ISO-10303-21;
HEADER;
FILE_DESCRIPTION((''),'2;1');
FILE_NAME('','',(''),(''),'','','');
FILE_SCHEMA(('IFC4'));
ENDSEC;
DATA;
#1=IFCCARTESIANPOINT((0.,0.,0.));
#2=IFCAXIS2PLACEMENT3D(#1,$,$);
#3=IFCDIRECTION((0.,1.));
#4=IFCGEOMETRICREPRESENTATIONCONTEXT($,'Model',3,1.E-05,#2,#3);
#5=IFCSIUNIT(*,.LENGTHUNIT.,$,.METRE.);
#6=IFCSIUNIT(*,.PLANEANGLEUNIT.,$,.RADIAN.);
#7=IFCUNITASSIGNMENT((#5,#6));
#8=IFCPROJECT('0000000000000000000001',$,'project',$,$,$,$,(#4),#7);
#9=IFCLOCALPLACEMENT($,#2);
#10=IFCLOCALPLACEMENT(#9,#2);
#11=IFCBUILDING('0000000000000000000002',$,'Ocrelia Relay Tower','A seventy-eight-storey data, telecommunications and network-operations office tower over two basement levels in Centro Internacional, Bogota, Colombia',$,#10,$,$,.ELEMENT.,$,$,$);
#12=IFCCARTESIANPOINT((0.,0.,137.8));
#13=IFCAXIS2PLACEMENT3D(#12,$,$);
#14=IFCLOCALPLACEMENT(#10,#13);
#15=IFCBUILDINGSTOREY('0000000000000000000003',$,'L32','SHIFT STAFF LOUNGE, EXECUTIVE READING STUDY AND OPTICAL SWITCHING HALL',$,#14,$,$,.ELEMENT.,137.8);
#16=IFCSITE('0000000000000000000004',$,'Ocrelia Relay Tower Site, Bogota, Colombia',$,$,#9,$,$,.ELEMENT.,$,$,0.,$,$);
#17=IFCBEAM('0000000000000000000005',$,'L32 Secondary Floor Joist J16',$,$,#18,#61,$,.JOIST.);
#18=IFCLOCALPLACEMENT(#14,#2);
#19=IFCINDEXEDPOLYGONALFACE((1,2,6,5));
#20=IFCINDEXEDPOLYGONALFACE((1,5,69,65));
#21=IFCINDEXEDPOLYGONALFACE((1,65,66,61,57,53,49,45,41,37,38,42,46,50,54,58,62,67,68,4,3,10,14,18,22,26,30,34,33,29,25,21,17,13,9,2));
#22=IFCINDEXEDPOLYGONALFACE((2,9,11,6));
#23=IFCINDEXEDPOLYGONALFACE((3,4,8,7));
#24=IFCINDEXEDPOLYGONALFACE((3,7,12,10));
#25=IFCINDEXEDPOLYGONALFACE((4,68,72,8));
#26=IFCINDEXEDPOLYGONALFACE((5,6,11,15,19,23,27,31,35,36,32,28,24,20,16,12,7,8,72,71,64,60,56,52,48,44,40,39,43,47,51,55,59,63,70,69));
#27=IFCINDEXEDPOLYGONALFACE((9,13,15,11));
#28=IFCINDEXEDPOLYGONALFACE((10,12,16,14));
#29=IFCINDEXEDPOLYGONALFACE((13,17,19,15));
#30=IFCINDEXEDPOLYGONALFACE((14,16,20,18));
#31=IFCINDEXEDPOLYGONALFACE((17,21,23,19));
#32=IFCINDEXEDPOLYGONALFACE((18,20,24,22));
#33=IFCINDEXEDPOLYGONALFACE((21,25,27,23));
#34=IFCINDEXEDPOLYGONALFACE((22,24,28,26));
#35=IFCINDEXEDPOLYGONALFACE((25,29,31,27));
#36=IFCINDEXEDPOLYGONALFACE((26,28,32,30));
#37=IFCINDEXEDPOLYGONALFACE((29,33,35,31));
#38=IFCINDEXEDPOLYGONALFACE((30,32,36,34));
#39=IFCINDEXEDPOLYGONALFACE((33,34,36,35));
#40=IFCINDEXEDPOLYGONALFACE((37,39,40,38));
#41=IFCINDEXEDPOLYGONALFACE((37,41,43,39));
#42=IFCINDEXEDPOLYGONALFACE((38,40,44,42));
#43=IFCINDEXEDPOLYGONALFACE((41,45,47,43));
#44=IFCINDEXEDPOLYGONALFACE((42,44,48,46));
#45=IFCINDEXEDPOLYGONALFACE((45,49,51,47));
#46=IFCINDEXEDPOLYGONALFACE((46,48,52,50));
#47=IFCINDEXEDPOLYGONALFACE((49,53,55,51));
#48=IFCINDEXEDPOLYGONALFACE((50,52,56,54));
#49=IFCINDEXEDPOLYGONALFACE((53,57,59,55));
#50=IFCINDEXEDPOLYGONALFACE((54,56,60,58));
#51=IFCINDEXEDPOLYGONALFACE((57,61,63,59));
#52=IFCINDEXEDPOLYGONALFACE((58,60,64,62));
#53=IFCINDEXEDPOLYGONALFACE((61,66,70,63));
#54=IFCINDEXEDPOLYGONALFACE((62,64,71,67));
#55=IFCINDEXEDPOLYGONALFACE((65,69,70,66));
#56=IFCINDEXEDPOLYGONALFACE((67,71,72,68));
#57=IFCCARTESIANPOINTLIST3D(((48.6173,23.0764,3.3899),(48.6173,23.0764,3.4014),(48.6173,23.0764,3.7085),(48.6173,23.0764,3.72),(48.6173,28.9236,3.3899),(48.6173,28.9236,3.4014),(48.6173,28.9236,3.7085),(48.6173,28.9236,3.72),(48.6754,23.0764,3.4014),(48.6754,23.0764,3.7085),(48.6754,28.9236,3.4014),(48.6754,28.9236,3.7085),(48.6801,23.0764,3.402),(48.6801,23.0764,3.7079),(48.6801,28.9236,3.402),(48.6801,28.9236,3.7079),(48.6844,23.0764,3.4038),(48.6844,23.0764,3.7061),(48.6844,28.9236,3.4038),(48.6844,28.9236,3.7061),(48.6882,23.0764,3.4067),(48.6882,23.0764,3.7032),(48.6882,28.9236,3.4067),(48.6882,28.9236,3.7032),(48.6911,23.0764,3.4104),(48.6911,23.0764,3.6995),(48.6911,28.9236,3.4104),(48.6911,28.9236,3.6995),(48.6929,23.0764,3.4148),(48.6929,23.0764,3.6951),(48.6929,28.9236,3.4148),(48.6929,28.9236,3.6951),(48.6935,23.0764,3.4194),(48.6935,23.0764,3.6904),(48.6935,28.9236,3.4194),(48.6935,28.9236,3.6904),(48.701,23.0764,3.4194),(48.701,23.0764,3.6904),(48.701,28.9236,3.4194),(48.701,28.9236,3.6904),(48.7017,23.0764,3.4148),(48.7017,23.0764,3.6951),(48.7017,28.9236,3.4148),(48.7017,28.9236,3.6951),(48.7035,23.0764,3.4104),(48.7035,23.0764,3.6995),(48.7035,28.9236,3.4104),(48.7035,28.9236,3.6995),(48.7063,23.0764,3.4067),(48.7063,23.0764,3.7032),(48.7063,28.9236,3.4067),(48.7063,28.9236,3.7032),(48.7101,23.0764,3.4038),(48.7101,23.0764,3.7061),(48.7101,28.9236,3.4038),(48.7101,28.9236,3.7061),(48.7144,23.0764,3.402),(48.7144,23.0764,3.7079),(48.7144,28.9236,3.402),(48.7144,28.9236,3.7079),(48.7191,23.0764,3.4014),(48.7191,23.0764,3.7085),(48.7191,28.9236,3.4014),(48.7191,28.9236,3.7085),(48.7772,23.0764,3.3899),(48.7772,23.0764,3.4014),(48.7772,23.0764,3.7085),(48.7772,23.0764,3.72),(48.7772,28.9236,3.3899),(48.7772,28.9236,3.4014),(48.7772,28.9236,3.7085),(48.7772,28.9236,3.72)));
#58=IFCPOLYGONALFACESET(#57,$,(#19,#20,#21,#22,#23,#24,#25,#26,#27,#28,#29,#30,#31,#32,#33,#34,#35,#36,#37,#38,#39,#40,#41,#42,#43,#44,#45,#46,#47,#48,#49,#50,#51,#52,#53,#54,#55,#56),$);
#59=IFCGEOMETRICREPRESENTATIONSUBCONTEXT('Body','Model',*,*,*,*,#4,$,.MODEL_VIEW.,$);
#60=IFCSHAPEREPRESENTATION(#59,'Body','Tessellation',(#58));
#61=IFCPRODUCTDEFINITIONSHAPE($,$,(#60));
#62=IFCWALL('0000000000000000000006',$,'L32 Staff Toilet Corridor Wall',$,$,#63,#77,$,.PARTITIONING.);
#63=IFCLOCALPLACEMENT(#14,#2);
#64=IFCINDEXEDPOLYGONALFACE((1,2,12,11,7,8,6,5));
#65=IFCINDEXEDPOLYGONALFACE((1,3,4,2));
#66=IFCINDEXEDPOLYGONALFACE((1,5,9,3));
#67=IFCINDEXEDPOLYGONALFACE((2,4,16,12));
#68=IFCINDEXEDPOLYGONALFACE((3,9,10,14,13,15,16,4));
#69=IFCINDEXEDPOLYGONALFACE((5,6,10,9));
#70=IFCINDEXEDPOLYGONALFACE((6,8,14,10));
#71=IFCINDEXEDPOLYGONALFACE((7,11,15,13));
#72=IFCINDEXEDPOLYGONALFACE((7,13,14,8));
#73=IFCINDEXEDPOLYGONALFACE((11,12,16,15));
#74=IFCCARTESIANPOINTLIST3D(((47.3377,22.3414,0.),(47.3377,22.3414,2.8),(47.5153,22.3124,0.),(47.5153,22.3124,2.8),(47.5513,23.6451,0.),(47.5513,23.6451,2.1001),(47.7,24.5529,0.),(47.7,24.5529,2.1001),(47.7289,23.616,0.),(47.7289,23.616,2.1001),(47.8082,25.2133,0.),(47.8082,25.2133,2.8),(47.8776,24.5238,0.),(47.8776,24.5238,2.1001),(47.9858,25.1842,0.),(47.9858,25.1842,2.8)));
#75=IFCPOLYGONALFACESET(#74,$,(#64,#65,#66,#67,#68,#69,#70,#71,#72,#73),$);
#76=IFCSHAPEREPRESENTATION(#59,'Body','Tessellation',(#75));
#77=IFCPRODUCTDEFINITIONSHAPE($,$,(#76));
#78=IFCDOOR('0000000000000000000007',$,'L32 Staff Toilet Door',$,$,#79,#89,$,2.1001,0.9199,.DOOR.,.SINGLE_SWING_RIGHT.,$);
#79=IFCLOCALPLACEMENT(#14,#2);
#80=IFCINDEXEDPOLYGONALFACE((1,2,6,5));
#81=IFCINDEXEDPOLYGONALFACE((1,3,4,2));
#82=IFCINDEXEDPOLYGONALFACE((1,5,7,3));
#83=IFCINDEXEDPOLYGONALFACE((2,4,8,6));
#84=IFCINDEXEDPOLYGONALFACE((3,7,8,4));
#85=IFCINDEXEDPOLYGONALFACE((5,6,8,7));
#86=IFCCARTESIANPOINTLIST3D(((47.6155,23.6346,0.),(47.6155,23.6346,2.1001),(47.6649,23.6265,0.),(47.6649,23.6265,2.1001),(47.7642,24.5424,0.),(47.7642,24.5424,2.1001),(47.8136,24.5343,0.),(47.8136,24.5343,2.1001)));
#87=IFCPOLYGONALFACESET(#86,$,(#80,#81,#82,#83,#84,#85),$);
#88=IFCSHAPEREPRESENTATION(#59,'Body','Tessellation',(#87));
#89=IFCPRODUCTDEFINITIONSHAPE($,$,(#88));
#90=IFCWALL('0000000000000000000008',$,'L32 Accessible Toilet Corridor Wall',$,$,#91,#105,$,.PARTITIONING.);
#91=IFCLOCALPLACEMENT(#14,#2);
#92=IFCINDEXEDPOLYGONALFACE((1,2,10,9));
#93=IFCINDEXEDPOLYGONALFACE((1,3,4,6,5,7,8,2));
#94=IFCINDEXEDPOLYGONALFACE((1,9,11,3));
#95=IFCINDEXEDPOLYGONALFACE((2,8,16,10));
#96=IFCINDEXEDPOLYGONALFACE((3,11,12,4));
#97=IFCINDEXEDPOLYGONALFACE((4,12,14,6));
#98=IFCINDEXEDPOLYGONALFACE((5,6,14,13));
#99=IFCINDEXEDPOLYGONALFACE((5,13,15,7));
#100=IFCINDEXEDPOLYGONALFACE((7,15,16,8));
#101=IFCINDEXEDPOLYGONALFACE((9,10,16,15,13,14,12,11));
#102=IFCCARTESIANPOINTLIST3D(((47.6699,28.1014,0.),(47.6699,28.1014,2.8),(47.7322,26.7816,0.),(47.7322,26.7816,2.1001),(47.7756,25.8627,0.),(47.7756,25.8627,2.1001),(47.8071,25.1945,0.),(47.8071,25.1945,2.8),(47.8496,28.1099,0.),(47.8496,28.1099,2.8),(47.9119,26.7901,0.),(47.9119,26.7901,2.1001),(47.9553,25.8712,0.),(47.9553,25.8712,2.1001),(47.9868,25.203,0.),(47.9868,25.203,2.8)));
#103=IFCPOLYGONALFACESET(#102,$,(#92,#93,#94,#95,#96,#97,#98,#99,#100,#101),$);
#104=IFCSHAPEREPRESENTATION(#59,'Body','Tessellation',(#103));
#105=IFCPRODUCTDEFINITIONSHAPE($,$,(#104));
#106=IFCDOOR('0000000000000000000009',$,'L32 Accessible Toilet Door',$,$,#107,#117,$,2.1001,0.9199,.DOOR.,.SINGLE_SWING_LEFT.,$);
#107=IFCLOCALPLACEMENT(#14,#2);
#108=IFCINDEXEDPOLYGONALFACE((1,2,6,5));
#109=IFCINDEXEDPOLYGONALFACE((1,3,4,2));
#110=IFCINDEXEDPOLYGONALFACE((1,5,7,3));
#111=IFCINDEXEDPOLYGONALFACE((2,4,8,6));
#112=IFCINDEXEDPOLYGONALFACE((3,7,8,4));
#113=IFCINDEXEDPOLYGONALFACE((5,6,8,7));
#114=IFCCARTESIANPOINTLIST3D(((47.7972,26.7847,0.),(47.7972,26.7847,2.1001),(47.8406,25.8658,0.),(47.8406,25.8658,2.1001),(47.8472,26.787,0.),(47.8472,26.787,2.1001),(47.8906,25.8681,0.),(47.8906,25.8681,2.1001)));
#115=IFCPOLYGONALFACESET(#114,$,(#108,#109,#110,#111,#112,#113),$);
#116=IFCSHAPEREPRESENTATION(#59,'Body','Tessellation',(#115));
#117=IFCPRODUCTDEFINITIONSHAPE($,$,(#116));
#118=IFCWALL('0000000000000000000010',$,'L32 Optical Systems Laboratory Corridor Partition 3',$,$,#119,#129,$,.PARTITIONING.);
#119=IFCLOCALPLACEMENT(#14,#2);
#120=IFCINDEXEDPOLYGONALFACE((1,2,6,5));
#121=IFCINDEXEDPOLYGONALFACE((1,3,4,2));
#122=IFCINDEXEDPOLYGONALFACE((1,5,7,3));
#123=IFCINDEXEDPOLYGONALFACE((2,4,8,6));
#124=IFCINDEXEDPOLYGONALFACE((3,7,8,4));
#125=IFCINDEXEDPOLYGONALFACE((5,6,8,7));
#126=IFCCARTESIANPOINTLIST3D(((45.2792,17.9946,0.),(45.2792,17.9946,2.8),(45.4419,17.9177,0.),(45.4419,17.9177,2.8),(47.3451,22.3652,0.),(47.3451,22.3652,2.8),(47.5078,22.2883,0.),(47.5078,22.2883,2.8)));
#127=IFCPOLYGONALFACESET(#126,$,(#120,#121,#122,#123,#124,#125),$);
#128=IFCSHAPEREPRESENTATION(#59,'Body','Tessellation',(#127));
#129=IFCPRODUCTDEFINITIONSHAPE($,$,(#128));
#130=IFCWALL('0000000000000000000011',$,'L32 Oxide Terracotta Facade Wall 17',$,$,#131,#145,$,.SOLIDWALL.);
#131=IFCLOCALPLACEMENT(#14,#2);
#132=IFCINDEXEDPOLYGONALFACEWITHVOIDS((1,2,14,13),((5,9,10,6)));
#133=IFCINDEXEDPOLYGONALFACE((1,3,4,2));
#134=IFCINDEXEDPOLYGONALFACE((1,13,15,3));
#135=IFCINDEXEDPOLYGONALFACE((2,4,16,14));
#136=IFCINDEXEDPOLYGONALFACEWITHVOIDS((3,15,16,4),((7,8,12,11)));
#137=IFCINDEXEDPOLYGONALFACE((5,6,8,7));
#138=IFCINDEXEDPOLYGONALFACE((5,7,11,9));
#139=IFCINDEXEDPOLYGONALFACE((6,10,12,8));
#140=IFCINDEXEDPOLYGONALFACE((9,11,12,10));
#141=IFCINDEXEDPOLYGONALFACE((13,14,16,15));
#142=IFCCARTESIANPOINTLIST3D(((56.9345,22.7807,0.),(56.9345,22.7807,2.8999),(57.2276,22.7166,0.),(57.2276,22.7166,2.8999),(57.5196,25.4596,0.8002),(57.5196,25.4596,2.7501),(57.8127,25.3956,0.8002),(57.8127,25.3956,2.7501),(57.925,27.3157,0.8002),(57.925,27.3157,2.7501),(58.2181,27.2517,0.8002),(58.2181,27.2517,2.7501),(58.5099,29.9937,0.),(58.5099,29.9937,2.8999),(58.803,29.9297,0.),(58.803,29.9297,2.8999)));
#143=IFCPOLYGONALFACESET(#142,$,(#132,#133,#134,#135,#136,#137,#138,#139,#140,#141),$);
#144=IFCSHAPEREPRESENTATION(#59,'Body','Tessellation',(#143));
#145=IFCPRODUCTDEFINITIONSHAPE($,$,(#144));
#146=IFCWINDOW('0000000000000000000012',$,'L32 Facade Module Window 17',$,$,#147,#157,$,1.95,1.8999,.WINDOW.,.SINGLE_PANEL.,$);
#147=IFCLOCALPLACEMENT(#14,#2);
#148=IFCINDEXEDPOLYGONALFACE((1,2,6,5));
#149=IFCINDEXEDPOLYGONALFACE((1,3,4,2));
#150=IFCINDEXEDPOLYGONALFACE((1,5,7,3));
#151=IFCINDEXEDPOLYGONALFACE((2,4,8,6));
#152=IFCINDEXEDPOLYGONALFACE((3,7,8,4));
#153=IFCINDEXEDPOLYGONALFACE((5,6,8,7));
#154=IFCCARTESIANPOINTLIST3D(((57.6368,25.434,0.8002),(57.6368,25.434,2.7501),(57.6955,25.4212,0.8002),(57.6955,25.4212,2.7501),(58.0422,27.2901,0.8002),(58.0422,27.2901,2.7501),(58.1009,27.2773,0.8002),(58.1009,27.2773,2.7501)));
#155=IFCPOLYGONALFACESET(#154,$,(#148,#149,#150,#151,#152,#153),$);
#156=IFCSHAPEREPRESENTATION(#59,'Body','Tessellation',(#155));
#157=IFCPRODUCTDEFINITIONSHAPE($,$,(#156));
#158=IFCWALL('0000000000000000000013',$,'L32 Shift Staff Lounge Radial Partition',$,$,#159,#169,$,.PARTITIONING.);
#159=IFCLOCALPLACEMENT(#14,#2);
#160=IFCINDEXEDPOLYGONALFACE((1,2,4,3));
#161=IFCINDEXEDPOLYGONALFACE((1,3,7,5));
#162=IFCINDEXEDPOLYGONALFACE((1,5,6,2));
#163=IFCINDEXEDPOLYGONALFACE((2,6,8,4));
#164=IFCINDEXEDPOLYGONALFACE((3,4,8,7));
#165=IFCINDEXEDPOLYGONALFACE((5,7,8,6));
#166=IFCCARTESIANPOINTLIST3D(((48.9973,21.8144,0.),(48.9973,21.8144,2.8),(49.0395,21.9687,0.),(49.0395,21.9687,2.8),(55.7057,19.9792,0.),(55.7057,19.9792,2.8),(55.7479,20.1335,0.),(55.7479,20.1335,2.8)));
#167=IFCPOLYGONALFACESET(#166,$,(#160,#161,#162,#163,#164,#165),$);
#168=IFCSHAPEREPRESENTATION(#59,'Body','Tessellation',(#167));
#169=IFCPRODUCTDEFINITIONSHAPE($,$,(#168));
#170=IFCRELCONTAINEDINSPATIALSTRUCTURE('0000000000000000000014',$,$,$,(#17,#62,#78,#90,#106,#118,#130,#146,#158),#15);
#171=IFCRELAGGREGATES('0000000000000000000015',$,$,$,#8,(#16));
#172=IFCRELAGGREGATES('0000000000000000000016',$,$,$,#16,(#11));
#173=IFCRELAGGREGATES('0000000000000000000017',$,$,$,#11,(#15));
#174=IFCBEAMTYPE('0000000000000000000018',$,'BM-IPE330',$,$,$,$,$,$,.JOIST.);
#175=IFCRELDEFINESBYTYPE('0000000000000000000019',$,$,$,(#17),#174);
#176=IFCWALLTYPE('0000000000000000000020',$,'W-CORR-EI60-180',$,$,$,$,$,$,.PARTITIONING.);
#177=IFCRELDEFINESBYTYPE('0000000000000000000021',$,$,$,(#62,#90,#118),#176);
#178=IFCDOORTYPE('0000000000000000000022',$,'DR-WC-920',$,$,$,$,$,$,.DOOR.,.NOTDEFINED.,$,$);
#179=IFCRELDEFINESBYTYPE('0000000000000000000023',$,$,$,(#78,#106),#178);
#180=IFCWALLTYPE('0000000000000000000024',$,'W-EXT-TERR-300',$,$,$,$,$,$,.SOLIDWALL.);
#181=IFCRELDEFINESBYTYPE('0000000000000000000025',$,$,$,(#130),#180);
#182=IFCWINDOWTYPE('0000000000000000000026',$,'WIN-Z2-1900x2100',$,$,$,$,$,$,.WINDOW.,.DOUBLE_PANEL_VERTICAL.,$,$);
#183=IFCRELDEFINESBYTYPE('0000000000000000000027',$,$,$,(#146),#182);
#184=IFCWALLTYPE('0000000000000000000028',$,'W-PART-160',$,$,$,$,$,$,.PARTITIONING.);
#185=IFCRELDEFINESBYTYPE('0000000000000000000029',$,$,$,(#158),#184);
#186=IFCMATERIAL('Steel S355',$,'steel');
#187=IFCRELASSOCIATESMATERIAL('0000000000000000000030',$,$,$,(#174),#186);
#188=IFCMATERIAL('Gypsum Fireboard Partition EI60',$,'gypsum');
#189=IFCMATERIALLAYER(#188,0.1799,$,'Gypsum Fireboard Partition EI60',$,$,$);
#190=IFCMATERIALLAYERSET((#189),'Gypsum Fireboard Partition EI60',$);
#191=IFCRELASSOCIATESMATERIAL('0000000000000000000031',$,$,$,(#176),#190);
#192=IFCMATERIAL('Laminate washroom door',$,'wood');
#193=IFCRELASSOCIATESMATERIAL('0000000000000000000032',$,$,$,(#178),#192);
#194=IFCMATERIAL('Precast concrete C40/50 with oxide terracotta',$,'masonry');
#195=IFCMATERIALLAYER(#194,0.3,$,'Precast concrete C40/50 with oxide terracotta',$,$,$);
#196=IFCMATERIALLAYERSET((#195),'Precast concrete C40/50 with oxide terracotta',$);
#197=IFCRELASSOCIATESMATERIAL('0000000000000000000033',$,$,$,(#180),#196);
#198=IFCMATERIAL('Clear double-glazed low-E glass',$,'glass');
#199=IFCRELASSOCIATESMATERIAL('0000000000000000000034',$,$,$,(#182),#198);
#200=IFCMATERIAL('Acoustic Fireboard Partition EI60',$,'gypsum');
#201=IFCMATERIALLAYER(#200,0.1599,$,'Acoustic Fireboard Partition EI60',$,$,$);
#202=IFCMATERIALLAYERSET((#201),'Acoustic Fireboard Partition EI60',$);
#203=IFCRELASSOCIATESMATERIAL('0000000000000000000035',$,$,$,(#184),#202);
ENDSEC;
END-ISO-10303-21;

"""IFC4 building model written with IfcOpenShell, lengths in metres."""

from ifc_helpers import new_model, si_unit, direction, frame, frame_2d, origin, origin_2d, place, context, subcontext, project, spatial, rectangle, i_section, extrude, material, layer, layer_set, material_profile, profile_set, type_object, element, fill, save


model = new_model("IFC4")

# Units and contexts
model_context = context("Model", 3, precision=1e-05, world=origin(), true_north=direction((0.0, 1.0)))
body_context = subcontext(model_context, "Body", "Model", "MODEL_VIEW")
ifc_project = project(units=[si_unit("LENGTHUNIT", "METRE"), si_unit("PLANEANGLEUNIT", "RADIAN")], contexts=[model_context])

# Site, building, storey
site_placement = place(None, origin())
site = spatial("IfcSite", under=ifc_project, at=site_placement, Name="Ocrelia Relay Tower Site, Bogota, Colombia", CompositionType="ELEMENT", RefElevation=0.0)
building_placement = place(site_placement, origin())
building = spatial("IfcBuilding", under=site, at=building_placement, Name="Ocrelia Relay Tower", Description="A seventy-eight-storey data, telecommunications and network-operations office tower over two basement levels in Centro Internacional, Bogota, Colombia", CompositionType="ELEMENT")
storey_placement = place(building_placement, frame((0.0, 0.0, 137.8)))
storey = spatial("IfcBuildingStorey", under=building, at=storey_placement, Name="L32", Description="SHIFT STAFF LOUNGE, EXECUTIVE READING STUDY AND OPTICAL SWITCHING HALL", CompositionType="ELEMENT", Elevation=137.8)

# Beam
ifc_material_1 = material(Name="Steel S355", Category="steel")
ifc_material_profile_1 = material_profile(ifc_material_1, i_section(OverallWidth=0.1599, OverallDepth=0.3301, WebThickness=0.0076, FlangeThickness=0.0115, FilletRadius=0.0181, at=origin_2d()), Name="IPE 330")
ifc_profile_set_1 = profile_set([ifc_material_profile_1], Name="Steel S355")
beam_type_1 = type_object("IfcBeamType", Name="BM-IPE330", PredefinedType="JOIST", material=ifc_profile_set_1)
beam_1_placement = place(storey_placement, frame((48.6973, 23.0764, 3.5549), z_axis=(0.0, 1.0, 0.0), x_axis=(-1.0, 0.0, 0.0)))
element("IfcBeam", 1, at=beam_1_placement, inside=storey, type_object=beam_type_1, Name="L32 Secondary Floor Joist J16", PredefinedType="JOIST", context=body_context, shape_type="SweptSolid", body=[
    extrude(i_section(OverallWidth=0.1599, OverallDepth=0.3301, WebThickness=0.0076, FlangeThickness=0.0115, FilletRadius=0.0181, at=origin_2d()), origin(), (0.0, 0.0, 1.0), 5.8472),
])

# Walls, openings, doors
ifc_material_2 = material(Name="Gypsum Fireboard Partition EI60", Category="gypsum")
ifc_layer_1 = layer(ifc_material_2, 0.1799, Name="Gypsum Fireboard Partition EI60")
ifc_layer_set_1 = layer_set([ifc_layer_1], Name="Gypsum Fireboard Partition EI60")
wall_type_1 = type_object("IfcWallType", Name="W-CORR-EI60-180", PredefinedType="PARTITIONING", material=ifc_layer_set_1)
wall_1_placement = place(storey_placement, frame((47.4265, 22.3269, 0.0), z_axis=(0.0, 0.0, 1.0), x_axis=(0.161664, 0.986846, 0.0)))
wall_1 = element("IfcWall", 2, at=wall_1_placement, inside=storey, type_object=wall_type_1, Name="L32 Staff Toilet Corridor Wall", PredefinedType="PARTITIONING", context=body_context, shape_type="SweptSolid", body=[
    extrude(rectangle(XDim=2.9102, YDim=0.1799, at=frame_2d((1.4551, 0.0))), origin(), (0.0, 0.0, 1.0), 2.8),
])
opening_1_placement = place(wall_1_placement, frame((1.321, 0.0, 0.0)))
opening_1 = element("IfcOpeningElement", 3, at=opening_1_placement, cuts=wall_1, PredefinedType="OPENING", context=body_context, shape_type="SweptSolid", body=[
    extrude(rectangle(XDim=0.9199, YDim=2.1001, at=frame_2d((0.46, 1.05))), frame((0.0, 0.1001, 0.0), z_axis=(0.0, -1.0, 0.0), x_axis=(1.0, 0.0, 0.0)), (0.0, 0.0, 1.0), 0.2),
])
ifc_material_3 = material(Name="Laminate washroom door", Category="wood")
door_type_1 = type_object("IfcDoorType", Name="DR-WC-920", OperationType="NOTDEFINED", PredefinedType="DOOR", material=ifc_material_3)
door_1_placement = place(opening_1_placement, origin())
door_1 = element("IfcDoor", 4, at=door_1_placement, inside=storey, type_object=door_type_1, Name="L32 Staff Toilet Door", OperationType="SINGLE_SWING_RIGHT", OverallHeight=2.1001, OverallWidth=0.9199, PredefinedType="DOOR", context=body_context, shape_type="SweptSolid", body=[
    extrude(rectangle(XDim=0.9199, YDim=2.1001, at=frame_2d((0.46, 1.05))), frame((0.0, 0.0249, 0.0), z_axis=(0.0, -1.0, 0.0), x_axis=(1.0, 0.0, 0.0)), (0.0, 0.0, 1.0), 0.05),
])
fill(opening_1, door_1)
wall_2_placement = place(storey_placement, frame((47.897, 25.1987, 0.0), z_axis=(0.0, 0.0, 1.0), x_axis=(-0.047147, 0.998888, 0.0)))
wall_2 = element("IfcWall", 5, at=wall_2_placement, inside=storey, type_object=wall_type_1, Name="L32 Accessible Toilet Corridor Wall", PredefinedType="PARTITIONING", context=body_context, shape_type="SweptSolid", body=[
    extrude(rectangle(XDim=2.9102, YDim=0.1799, at=frame_2d((1.4551, 0.0))), origin(), (0.0, 0.0, 1.0), 2.8),
])
opening_2_placement = place(wall_2_placement, frame((0.6689, 0.0, 0.0)))
opening_2 = element("IfcOpeningElement", 6, at=opening_2_placement, cuts=wall_2, PredefinedType="OPENING", context=body_context, shape_type="SweptSolid", body=[
    extrude(rectangle(XDim=0.9199, YDim=2.1001, at=frame_2d((0.46, 1.05))), frame((0.0, 0.1001, 0.0), z_axis=(0.0, -1.0, 0.0), x_axis=(1.0, 0.0, 0.0)), (0.0, 0.0, 1.0), 0.2),
])
door_2_placement = place(opening_2_placement, origin())
door_2 = element("IfcDoor", 7, at=door_2_placement, inside=storey, type_object=door_type_1, Name="L32 Accessible Toilet Door", OperationType="SINGLE_SWING_LEFT", OverallHeight=2.1001, OverallWidth=0.9199, PredefinedType="DOOR", context=body_context, shape_type="SweptSolid", body=[
    extrude(rectangle(XDim=0.9199, YDim=2.1001, at=frame_2d((0.46, 1.05))), frame((0.0, 0.0249, 0.0), z_axis=(0.0, -1.0, 0.0), x_axis=(1.0, 0.0, 0.0)), (0.0, 0.0, 1.0), 0.05),
])
fill(opening_2, door_2)

# Wall
wall_3_placement = place(storey_placement, frame((45.3606, 17.9563, 0.0), z_axis=(0.0, 0.0, 1.0), x_axis=(0.427348, 0.904087, 0.0)))
element("IfcWall", 8, at=wall_3_placement, inside=storey, type_object=wall_type_1, Name="L32 Optical Systems Laboratory Corridor Partition 3", PredefinedType="PARTITIONING", context=body_context, shape_type="SweptSolid", body=[
    extrude(rectangle(XDim=4.8342, YDim=0.1799, at=frame_2d((2.417, 0.0))), origin(), (0.0, 0.0, 1.0), 2.8),
])

# Wall, opening, window
ifc_material_4 = material(Name="Precast concrete C40/50 with oxide terracotta", Category="masonry")
ifc_layer_2 = layer(ifc_material_4, 0.3, Name="Precast concrete C40/50 with oxide terracotta")
ifc_layer_set_2 = layer_set([ifc_layer_2], Name="Precast concrete C40/50 with oxide terracotta")
wall_type_2 = type_object("IfcWallType", Name="W-EXT-TERR-300", PredefinedType="SOLIDWALL", material=ifc_layer_set_2)
wall_4_placement = place(storey_placement, frame((57.0811, 22.7488, 0.0), z_axis=(0.0, 0.0, 1.0), x_axis=(0.213382, 0.976969, 0.0)))
wall_4 = element("IfcWall", 9, at=wall_4_placement, inside=storey, type_object=wall_type_2, Name="L32 Oxide Terracotta Facade Wall 17", PredefinedType="SOLIDWALL", context=body_context, shape_type="SweptSolid", body=[
    extrude(rectangle(XDim=7.3831, YDim=0.3, at=frame_2d((3.6914, 0.0))), origin(), (0.0, 0.0, 1.0), 2.8999),
])
opening_3_placement = place(wall_4_placement, frame((2.7419, 0.0, 0.8)))
opening_3 = element("IfcOpeningElement", 10, at=opening_3_placement, cuts=wall_4, PredefinedType="OPENING", context=body_context, shape_type="SweptSolid", body=[
    extrude(rectangle(XDim=1.8999, YDim=1.95, at=frame_2d((0.95, 0.9751))), frame((0.0, 0.1602, 0.0), z_axis=(0.0, -1.0, 0.0), x_axis=(1.0, 0.0, 0.0)), (0.0, 0.0, 1.0), 0.3201),
])
ifc_material_5 = material(Name="Clear double-glazed low-E glass", Category="glass")
window_type = type_object("IfcWindowType", Name="WIN-Z2-1900x2100", PartitioningType="DOUBLE_PANEL_VERTICAL", PredefinedType="WINDOW", material=ifc_material_5)
window_placement = place(opening_3_placement, origin())
window = element("IfcWindow", 11, at=window_placement, inside=storey, type_object=window_type, Name="L32 Facade Module Window 17", OverallHeight=1.95, OverallWidth=1.8999, PartitioningType="SINGLE_PANEL", PredefinedType="WINDOW", context=body_context, shape_type="SweptSolid", body=[
    extrude(rectangle(XDim=1.8999, YDim=1.95, at=frame_2d((0.95, 0.9751))), frame((0.0, 0.03, 0.0), z_axis=(0.0, -1.0, 0.0), x_axis=(1.0, 0.0, 0.0)), (0.0, 0.0, 1.0), 0.0601),
])
fill(opening_3, window)

# Wall
ifc_material_6 = material(Name="Acoustic Fireboard Partition EI60", Category="gypsum")
ifc_layer_3 = layer(ifc_material_6, 0.1599, Name="Acoustic Fireboard Partition EI60")
ifc_layer_set_3 = layer_set([ifc_layer_3], Name="Acoustic Fireboard Partition EI60")
wall_type_3 = type_object("IfcWallType", Name="W-PART-160", PredefinedType="PARTITIONING", material=ifc_layer_set_3)
wall_5_placement = place(storey_placement, frame((49.0183, 21.8916, 0.0), z_axis=(0.0, 0.0, 1.0), x_axis=(0.964556, -0.263878, 0.0)))
element("IfcWall", 12, at=wall_5_placement, inside=storey, type_object=wall_type_3, Name="L32 Shift Staff Lounge Radial Partition", PredefinedType="PARTITIONING", context=body_context, shape_type="SweptSolid", body=[
    extrude(rectangle(XDim=6.9548, YDim=0.1599, at=frame_2d((3.4775, 0.0))), origin(), (0.0, 0.0, 1.0), 2.8),
])

save(model, "model.ifc")
